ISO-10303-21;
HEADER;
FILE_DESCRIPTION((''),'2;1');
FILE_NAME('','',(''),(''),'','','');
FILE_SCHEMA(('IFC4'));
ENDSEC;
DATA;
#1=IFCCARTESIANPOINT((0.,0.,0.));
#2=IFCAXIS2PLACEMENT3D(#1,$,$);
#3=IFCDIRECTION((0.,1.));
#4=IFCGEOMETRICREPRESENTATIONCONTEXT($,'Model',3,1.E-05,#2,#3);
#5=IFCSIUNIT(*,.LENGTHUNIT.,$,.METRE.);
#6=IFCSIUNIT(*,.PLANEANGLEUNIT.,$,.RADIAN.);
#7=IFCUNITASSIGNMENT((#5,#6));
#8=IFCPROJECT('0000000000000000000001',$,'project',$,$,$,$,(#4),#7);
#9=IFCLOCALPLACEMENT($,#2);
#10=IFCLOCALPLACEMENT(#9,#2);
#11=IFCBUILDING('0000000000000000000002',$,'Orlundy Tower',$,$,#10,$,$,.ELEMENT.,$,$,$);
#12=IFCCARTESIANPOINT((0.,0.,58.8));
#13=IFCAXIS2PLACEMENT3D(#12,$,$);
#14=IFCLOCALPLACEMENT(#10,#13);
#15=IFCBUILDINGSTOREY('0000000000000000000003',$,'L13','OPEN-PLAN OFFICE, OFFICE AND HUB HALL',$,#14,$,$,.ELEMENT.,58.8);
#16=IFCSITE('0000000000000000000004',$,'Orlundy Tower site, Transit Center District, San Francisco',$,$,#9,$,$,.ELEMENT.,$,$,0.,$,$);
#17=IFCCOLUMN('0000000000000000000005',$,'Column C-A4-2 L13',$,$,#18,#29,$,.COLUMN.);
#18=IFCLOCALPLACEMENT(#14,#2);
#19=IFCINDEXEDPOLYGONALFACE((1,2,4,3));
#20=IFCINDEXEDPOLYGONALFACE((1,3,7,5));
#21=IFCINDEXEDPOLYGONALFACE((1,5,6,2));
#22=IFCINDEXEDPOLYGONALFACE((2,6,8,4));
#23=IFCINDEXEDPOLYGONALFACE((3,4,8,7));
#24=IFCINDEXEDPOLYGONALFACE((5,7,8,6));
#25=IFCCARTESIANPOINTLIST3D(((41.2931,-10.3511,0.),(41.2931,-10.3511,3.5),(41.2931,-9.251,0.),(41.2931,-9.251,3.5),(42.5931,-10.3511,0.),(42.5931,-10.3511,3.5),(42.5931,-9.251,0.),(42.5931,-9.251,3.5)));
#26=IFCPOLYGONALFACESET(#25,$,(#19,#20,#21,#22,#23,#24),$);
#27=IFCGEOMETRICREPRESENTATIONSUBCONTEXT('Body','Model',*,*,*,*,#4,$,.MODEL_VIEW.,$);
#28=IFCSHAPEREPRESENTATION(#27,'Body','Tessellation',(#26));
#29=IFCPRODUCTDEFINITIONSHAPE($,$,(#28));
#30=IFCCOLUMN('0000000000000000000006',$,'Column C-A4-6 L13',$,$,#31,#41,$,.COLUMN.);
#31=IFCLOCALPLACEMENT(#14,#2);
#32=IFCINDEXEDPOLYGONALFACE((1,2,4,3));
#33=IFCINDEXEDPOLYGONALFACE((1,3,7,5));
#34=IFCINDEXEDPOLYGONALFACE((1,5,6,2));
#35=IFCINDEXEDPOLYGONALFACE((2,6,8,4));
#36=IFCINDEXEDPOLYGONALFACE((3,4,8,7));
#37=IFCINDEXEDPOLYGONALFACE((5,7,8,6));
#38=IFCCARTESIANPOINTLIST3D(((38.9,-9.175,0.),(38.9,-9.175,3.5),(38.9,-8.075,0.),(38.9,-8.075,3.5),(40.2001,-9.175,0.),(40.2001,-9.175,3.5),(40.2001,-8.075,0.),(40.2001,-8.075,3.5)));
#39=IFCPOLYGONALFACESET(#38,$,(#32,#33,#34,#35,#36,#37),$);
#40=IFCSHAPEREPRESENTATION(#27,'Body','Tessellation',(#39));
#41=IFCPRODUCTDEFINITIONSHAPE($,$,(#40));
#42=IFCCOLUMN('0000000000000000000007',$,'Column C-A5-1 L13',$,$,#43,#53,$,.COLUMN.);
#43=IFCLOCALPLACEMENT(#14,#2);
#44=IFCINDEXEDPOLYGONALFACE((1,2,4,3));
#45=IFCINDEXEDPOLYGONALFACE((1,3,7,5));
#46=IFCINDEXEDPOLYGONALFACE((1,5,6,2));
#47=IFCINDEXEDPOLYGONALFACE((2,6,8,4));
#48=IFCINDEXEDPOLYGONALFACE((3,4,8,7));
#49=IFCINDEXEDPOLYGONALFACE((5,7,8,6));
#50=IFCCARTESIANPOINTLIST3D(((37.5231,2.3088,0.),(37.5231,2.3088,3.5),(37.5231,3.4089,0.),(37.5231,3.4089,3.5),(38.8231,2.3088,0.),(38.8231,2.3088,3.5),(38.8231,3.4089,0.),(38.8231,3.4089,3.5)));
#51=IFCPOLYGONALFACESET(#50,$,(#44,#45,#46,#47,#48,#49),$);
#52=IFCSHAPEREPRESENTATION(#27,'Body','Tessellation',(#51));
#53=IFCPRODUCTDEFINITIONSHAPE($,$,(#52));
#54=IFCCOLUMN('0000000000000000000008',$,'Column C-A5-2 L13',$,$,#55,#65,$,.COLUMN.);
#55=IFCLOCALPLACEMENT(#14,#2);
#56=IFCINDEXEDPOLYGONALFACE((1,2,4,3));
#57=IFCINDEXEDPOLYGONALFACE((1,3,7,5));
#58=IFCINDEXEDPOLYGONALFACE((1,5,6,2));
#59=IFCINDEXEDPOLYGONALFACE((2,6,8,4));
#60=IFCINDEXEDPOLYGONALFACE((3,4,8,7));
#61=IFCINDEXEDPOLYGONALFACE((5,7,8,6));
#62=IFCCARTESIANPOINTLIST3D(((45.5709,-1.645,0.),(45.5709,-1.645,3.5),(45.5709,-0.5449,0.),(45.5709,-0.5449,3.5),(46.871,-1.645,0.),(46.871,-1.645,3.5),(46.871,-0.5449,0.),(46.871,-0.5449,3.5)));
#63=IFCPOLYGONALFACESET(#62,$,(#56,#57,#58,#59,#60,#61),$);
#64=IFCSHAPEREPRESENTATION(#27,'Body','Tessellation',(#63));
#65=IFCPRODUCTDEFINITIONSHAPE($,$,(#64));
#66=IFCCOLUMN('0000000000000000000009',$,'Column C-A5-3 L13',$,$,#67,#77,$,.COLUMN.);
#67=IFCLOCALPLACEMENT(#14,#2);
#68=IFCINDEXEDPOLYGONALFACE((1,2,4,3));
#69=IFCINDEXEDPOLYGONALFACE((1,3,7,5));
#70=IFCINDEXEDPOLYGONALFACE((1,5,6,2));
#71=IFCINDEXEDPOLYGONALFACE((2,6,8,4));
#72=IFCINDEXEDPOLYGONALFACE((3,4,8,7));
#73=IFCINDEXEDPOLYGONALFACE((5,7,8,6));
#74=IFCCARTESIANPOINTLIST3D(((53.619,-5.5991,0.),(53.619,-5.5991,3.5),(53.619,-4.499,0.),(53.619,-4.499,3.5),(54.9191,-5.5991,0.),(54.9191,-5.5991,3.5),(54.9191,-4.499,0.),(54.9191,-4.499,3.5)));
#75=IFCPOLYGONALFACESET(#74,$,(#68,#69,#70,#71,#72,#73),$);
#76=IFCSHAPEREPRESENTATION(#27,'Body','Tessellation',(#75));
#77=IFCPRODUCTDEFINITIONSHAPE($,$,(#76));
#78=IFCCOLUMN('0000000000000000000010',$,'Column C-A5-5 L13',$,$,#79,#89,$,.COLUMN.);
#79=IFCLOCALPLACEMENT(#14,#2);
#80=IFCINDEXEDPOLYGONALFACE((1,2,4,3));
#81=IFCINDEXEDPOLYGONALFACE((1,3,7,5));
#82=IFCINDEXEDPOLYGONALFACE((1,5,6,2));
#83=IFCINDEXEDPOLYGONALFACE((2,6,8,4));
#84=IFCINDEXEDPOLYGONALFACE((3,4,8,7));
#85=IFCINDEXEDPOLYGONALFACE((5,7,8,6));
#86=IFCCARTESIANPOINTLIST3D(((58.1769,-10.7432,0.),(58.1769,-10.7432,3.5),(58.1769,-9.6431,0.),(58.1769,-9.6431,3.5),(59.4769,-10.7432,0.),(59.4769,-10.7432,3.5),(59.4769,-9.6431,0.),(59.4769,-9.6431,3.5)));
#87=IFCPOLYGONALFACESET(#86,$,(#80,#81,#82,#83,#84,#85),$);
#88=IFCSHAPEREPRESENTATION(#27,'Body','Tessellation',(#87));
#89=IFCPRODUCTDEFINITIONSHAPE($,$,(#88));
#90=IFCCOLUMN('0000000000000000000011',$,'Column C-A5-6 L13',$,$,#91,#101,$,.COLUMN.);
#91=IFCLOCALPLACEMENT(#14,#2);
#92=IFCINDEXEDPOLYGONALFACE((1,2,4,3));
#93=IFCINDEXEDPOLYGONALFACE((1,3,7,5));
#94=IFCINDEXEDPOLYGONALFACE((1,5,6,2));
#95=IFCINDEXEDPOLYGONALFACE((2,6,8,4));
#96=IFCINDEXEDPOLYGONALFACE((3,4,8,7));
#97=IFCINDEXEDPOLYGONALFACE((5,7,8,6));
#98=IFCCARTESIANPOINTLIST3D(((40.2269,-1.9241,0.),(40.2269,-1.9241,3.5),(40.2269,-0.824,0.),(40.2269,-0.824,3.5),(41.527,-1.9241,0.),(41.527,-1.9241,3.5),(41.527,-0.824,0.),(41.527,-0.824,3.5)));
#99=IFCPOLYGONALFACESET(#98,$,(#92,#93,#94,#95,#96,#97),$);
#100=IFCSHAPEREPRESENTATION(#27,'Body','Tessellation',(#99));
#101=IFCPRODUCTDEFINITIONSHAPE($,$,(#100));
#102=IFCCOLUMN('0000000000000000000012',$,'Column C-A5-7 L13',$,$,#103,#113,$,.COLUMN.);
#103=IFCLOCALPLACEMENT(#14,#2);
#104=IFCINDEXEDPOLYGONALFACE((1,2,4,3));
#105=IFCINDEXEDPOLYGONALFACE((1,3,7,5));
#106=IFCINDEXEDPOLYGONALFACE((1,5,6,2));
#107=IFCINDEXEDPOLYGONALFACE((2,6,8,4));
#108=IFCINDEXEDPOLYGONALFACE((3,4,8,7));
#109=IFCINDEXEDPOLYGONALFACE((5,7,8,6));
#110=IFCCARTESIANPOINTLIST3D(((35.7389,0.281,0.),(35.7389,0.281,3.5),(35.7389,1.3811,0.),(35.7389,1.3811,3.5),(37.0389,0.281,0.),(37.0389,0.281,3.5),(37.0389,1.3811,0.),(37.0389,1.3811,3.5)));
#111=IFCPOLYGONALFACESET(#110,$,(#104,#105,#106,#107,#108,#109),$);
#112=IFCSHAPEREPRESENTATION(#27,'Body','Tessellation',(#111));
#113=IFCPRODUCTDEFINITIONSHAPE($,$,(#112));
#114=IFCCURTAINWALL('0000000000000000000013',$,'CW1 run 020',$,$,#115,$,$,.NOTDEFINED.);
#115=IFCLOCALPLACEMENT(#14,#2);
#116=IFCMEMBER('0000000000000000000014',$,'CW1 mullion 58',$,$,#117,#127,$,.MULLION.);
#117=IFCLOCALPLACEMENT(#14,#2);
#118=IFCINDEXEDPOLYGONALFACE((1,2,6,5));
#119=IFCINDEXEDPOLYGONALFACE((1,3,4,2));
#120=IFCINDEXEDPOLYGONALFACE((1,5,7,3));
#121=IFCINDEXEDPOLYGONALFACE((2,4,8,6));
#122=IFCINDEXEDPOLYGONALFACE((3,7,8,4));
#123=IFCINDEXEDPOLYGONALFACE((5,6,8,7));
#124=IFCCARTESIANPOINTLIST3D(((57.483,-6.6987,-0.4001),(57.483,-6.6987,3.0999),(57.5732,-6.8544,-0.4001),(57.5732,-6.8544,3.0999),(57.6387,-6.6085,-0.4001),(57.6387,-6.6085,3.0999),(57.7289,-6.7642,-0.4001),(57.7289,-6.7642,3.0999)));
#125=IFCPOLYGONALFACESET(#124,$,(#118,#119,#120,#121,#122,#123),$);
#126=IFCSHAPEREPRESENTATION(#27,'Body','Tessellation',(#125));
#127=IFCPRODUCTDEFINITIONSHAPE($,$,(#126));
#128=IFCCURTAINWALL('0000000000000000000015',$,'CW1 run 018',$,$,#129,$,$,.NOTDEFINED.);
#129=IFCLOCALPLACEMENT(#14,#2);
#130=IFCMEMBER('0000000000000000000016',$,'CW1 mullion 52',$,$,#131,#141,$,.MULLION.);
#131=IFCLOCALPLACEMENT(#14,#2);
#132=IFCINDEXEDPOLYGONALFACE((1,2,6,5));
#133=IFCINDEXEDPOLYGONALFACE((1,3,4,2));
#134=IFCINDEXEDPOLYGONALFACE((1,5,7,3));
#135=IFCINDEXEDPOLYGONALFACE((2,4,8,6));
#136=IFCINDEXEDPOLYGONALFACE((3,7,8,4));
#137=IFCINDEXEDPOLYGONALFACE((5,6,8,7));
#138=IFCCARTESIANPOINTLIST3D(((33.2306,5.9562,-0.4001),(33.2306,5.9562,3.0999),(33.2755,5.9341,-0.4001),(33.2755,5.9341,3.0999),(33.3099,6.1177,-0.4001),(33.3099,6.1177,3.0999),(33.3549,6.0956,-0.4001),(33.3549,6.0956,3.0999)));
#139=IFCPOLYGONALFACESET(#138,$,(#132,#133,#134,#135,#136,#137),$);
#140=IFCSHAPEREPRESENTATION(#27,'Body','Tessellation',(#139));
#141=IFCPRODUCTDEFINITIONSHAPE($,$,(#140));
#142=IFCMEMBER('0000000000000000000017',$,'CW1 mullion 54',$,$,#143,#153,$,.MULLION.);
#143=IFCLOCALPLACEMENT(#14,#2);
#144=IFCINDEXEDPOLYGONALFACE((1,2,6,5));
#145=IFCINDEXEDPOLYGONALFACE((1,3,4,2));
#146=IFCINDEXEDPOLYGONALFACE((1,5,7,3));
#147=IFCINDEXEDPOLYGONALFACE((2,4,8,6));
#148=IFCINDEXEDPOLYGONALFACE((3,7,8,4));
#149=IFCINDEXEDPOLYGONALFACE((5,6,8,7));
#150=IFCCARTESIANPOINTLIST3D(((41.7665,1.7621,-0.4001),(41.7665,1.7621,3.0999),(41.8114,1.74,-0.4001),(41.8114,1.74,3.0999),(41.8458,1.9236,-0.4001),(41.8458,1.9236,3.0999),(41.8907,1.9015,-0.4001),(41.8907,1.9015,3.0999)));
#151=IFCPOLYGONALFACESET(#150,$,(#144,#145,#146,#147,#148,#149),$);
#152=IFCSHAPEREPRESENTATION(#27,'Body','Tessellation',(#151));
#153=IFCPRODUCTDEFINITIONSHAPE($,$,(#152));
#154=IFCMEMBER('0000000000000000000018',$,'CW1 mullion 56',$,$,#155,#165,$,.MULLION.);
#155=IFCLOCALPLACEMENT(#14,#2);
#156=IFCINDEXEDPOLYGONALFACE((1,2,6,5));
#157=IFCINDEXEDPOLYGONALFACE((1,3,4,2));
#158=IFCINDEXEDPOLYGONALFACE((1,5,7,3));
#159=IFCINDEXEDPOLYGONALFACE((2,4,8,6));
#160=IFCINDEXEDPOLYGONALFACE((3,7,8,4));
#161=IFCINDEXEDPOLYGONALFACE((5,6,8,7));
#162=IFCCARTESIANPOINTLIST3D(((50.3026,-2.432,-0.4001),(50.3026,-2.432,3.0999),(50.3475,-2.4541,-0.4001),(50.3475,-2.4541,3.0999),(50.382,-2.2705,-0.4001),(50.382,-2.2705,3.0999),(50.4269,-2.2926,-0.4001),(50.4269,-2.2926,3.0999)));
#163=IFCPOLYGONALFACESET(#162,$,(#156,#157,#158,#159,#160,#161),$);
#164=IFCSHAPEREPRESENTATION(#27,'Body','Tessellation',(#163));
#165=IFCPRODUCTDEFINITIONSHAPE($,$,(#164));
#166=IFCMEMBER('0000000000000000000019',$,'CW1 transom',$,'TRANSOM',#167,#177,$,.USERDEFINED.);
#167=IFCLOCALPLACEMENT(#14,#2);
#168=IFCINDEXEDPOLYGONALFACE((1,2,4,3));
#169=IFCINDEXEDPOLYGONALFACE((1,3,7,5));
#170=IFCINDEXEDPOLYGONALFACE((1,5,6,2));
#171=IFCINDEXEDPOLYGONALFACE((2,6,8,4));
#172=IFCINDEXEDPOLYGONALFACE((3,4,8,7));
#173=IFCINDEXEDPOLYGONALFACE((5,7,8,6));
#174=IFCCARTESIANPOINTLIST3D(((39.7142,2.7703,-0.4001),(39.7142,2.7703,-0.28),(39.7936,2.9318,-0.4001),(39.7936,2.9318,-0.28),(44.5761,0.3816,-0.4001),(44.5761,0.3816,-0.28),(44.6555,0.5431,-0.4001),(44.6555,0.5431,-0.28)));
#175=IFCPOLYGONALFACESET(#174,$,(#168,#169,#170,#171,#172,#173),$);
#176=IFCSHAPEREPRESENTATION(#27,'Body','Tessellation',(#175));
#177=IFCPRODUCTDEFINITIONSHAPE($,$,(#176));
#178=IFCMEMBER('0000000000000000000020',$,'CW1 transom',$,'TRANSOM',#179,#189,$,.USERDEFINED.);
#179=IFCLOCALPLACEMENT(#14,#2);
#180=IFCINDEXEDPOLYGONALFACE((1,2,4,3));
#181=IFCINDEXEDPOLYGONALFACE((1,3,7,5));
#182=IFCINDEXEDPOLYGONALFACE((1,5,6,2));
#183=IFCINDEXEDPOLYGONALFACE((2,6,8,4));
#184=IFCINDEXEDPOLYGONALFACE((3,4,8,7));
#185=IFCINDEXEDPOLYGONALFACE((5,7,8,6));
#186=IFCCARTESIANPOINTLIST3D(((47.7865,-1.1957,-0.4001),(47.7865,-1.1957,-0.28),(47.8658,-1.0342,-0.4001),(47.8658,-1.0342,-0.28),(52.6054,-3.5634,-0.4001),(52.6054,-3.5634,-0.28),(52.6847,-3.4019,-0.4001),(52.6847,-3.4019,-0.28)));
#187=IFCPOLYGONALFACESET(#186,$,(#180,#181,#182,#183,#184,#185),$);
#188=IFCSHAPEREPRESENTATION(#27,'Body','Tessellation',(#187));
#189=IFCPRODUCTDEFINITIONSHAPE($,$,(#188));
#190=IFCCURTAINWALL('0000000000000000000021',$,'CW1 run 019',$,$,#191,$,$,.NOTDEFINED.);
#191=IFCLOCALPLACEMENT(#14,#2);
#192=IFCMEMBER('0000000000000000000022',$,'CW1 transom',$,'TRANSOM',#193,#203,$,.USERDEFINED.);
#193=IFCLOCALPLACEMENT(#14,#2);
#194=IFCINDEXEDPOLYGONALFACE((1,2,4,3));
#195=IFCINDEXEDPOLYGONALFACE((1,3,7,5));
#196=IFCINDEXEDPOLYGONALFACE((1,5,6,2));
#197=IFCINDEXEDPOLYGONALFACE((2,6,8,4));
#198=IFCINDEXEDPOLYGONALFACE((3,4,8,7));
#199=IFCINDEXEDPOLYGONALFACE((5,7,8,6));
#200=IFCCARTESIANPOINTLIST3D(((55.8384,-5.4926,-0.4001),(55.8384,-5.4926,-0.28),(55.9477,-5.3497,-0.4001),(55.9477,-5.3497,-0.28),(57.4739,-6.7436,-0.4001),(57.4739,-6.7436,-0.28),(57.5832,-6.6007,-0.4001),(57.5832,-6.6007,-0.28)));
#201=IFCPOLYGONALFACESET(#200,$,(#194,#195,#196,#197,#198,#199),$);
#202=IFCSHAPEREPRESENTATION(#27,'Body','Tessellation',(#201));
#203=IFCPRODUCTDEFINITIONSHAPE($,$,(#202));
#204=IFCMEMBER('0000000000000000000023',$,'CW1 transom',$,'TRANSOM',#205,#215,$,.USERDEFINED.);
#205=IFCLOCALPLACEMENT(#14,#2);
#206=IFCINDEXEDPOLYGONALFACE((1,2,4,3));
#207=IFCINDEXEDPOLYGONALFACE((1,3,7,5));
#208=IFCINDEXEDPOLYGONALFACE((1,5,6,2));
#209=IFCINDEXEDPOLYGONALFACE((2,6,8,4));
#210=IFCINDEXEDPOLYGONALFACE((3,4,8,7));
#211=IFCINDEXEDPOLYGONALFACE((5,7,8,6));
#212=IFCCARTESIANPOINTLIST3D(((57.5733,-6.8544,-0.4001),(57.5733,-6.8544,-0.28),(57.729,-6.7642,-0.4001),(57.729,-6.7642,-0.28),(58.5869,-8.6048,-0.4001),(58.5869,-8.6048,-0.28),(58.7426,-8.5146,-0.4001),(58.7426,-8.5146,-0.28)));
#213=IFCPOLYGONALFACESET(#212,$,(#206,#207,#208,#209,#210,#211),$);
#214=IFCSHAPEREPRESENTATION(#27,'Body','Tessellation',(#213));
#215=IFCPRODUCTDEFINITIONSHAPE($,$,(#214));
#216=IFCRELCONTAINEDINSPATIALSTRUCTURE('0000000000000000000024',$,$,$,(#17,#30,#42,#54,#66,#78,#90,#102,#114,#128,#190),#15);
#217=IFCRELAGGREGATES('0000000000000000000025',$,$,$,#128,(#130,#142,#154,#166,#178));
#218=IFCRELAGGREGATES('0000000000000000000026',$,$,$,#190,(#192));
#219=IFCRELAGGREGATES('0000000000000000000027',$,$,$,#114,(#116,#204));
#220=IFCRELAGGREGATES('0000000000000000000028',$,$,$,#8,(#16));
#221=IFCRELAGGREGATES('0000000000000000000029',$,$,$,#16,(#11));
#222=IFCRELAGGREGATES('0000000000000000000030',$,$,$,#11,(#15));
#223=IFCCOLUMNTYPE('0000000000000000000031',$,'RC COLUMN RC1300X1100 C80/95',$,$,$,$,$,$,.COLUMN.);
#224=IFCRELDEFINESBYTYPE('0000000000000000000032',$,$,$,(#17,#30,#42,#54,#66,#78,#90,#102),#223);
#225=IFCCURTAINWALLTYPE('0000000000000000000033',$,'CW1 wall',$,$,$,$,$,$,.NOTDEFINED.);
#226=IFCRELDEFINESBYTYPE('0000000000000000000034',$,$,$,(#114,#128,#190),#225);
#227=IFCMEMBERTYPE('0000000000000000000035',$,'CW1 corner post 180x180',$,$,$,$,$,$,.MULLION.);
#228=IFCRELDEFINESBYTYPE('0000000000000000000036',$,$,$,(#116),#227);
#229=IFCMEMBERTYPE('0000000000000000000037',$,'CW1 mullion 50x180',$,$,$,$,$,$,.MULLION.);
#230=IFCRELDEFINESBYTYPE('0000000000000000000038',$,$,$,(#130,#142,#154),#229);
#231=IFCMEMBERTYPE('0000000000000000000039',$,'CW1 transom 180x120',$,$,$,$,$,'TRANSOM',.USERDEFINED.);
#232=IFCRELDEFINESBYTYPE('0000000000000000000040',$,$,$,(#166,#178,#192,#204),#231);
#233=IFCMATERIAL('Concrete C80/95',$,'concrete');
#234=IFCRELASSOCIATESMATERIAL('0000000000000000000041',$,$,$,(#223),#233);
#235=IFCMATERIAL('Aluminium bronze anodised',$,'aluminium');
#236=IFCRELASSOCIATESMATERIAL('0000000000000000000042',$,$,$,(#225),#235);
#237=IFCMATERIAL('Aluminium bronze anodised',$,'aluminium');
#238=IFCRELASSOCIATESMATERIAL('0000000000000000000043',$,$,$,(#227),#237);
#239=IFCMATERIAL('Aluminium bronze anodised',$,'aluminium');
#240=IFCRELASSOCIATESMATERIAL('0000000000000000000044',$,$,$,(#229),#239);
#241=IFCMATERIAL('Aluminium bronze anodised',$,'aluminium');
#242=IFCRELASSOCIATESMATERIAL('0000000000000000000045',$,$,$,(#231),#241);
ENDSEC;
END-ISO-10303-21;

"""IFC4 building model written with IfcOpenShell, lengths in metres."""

from ifc_helpers import new_model, si_unit, direction, frame, origin, origin_2d, place, context, subcontext, project, spatial, rectangle, extrude, material, material_profile, profile_set, type_object, element, aggregate, save


model = new_model("IFC4")

# Units and contexts
model_context = context("Model", 3, precision=1e-05, world=origin(), true_north=direction((0.0, 1.0)))
body_context = subcontext(model_context, "Body", "Model", "MODEL_VIEW")
ifc_project = project(units=[si_unit("LENGTHUNIT", "METRE"), si_unit("PLANEANGLEUNIT", "RADIAN")], contexts=[model_context])

# Site, building, storey
site_placement = place(None, origin())
site = spatial("IfcSite", under=ifc_project, at=site_placement, Name="Orlundy Tower site, Transit Center District, San Francisco", CompositionType="ELEMENT", RefElevation=0.0)
building_placement = place(site_placement, origin())
building = spatial("IfcBuilding", under=site, at=building_placement, Name="Orlundy Tower", CompositionType="ELEMENT")
storey_placement = place(building_placement, frame((0.0, 0.0, 58.8)))
storey = spatial("IfcBuildingStorey", under=building, at=storey_placement, Name="L13", Description="OPEN-PLAN OFFICE, OFFICE AND HUB HALL", CompositionType="ELEMENT", Elevation=58.8)

# Columns
ifc_material_1 = material(Name="Concrete C80/95", Category="concrete")
ifc_material_profile_1 = material_profile(ifc_material_1, rectangle(XDim=1.3, YDim=1.1001, at=origin_2d()), Name="RC1300X1100")
ifc_profile_set_1 = profile_set([ifc_material_profile_1], Name="Concrete C80/95")
column_type = type_object("IfcColumnType", Name="RC COLUMN RC1300X1100 C80/95", PredefinedType="COLUMN", material=ifc_profile_set_1)
for number, where, z_axis, x_axis, name in (
    (1, (41.9431, -9.801, 0.0), (0.0, 0.0, 1.0), (1.0, 0.0, 0.0), "Column C-A4-2 L13"),
    (2, (39.55, -8.625, 0.0), (0.0, 0.0, 1.0), (1.0, 0.0, 0.0), "Column C-A4-6 L13"),
    (3, (38.1731, 2.8589, 0.0), (0.0, 0.0, 1.0), (1.0, 0.0, 0.0), "Column C-A5-1 L13"),
    (4, (46.2209, -1.095, 0.0), (0.0, 0.0, 1.0), (1.0, 0.0, 0.0), "Column C-A5-2 L13"),
    (5, (54.269, -5.0491, 0.0), (0.0, 0.0, 1.0), (1.0, 0.0, 0.0), "Column C-A5-3 L13"),
    (6, (58.8269, -10.1931, 0.0), (0.0, 0.0, 1.0), (1.0, 0.0, 0.0), "Column C-A5-5 L13"),
    (7, (40.877, -1.374, 0.0), (0.0, 0.0, 1.0), (1.0, 0.0, 0.0), "Column C-A5-6 L13"),
    (8, (36.3889, 0.8311, 0.0), (0.0, 0.0, 1.0), (1.0, 0.0, 0.0), "Column C-A5-7 L13"),
):
    element("IfcColumn", number, at=place(storey_placement, frame(where, z_axis=z_axis, x_axis=x_axis)), inside=storey, type_object=column_type, Name=name, PredefinedType="COLUMN", context=body_context, shape_type="SweptSolid", body=[
        extrude(rectangle(XDim=1.3, YDim=1.1001, at=origin_2d()), origin(), (0.0, 0.0, 1.0), 3.5),
    ])

# Curtain wall, member
ifc_material_2 = material(Name="Aluminium bronze anodised", Category="aluminium")
curtain_wall_type = type_object("IfcCurtainWallType", Name="CW1 wall", PredefinedType="NOTDEFINED", material=ifc_material_2)
curtain_wall_1_placement = place(storey_placement, origin())
curtain_wall_1 = element("IfcCurtainWall", 9, at=curtain_wall_1_placement, inside=storey, type_object=curtain_wall_type, Name="CW1 run 020", PredefinedType="NOTDEFINED")
ifc_material_3 = material(Name="Aluminium bronze anodised", Category="aluminium")
ifc_material_profile_2 = material_profile(ifc_material_3, rectangle(XDim=0.1799, YDim=0.1799, at=origin_2d()), Name="CW1 corner post 180x180")
ifc_profile_set_2 = profile_set([ifc_material_profile_2], Name="Aluminium bronze anodised")
member_type_1 = type_object("IfcMemberType", Name="CW1 corner post 180x180", PredefinedType="MULLION", material=ifc_profile_set_2)
member_1_placement = place(storey_placement, frame((57.606, -6.7314, -0.4001), z_axis=(0.0, 0.0, 1.0), x_axis=(0.86534, 0.501185, 0.0)))
member_1 = element("IfcMember", 10, at=member_1_placement, type_object=member_type_1, Name="CW1 mullion 58", PredefinedType="MULLION", context=body_context, shape_type="SweptSolid", body=[
    extrude(rectangle(XDim=0.1799, YDim=0.1799, at=origin_2d()), origin(), (0.0, 0.0, 1.0), 3.5),
])

# Curtain wall, members
curtain_wall_2_placement = place(storey_placement, origin())
curtain_wall_2 = element("IfcCurtainWall", 11, at=curtain_wall_2_placement, inside=storey, type_object=curtain_wall_type, Name="CW1 run 018", PredefinedType="NOTDEFINED")
ifc_material_4 = material(Name="Aluminium bronze anodised", Category="aluminium")
ifc_material_profile_3 = material_profile(ifc_material_4, rectangle(XDim=0.1799, YDim=0.05, at=origin_2d()), Name="CW1 mullion 50x180")
ifc_profile_set_3 = profile_set([ifc_material_profile_3], Name="Aluminium bronze anodised")
member_type_2 = type_object("IfcMemberType", Name="CW1 mullion 50x180", PredefinedType="MULLION", material=ifc_profile_set_3)
member_2_placement = place(storey_placement, frame((33.2927, 6.0259, -0.4001), z_axis=(0.0, 0.0, 1.0), x_axis=(0.440978, 0.897518, 0.0)))
member_2 = element("IfcMember", 12, at=member_2_placement, type_object=member_type_2, Name="CW1 mullion 52", PredefinedType="MULLION", context=body_context, shape_type="SweptSolid", body=[
    extrude(rectangle(XDim=0.1799, YDim=0.05, at=origin_2d()), origin(), (0.0, 0.0, 1.0), 3.5),
])
member_3_placement = place(storey_placement, frame((41.8286, 1.8318, -0.4001), z_axis=(0.0, 0.0, 1.0), x_axis=(0.440978, 0.897518, 0.0)))
member_3 = element("IfcMember", 13, at=member_3_placement, type_object=member_type_2, Name="CW1 mullion 54", PredefinedType="MULLION", context=body_context, shape_type="SweptSolid", body=[
    extrude(rectangle(XDim=0.1799, YDim=0.05, at=origin_2d()), origin(), (0.0, 0.0, 1.0), 3.5),
])
member_4_placement = place(storey_placement, frame((50.3647, -2.3623, -0.4001), z_axis=(0.0, 0.0, 1.0), x_axis=(0.440978, 0.897518, 0.0)))
member_4 = element("IfcMember", 14, at=member_4_placement, type_object=member_type_2, Name="CW1 mullion 56", PredefinedType="MULLION", context=body_context, shape_type="SweptSolid", body=[
    extrude(rectangle(XDim=0.1799, YDim=0.05, at=origin_2d()), origin(), (0.0, 0.0, 1.0), 3.5),
])
ifc_material_5 = material(Name="Aluminium bronze anodised", Category="aluminium")
ifc_material_profile_4 = material_profile(ifc_material_5, rectangle(XDim=0.1799, YDim=0.1201, at=origin_2d()), Name="CW1 transom 180x120")
ifc_profile_set_4 = profile_set([ifc_material_profile_4], Name="Aluminium bronze anodised")
member_type_3 = type_object("IfcMemberType", Name="CW1 transom 180x120", ElementType="TRANSOM", PredefinedType="USERDEFINED", material=ifc_profile_set_4)
member_5_placement = place(storey_placement, frame((39.7539, 2.8511, -0.3401), z_axis=(0.897524, -0.440965, 0.0), x_axis=(0.440965, 0.897524, 0.0)))
member_5 = element("IfcMember", 15, at=member_5_placement, type_object=member_type_3, Name="CW1 transom", ObjectType="TRANSOM", PredefinedType="USERDEFINED", context=body_context, shape_type="SweptSolid", body=[
    extrude(rectangle(XDim=0.1799, YDim=0.1201, at=origin_2d()), origin(), (0.0, 0.0, 1.0), 5.417),
])
member_6_placement = place(storey_placement, frame((47.8262, -1.115, -0.3401), z_axis=(0.897516, -0.440982, 0.0), x_axis=(0.440982, 0.897516, 0.0)))
member_6 = element("IfcMember", 16, at=member_6_placement, type_object=member_type_3, Name="CW1 transom", ObjectType="TRANSOM", PredefinedType="USERDEFINED", context=body_context, shape_type="SweptSolid", body=[
    extrude(rectangle(XDim=0.1799, YDim=0.1201, at=origin_2d()), origin(), (0.0, 0.0, 1.0), 5.3691),
])

# Curtain wall, member
curtain_wall_3_placement = place(storey_placement, origin())
curtain_wall_3 = element("IfcCurtainWall", 17, at=curtain_wall_3_placement, inside=storey, type_object=curtain_wall_type, Name="CW1 run 019", PredefinedType="NOTDEFINED")
member_7_placement = place(storey_placement, frame((55.8931, -5.4211, -0.3401), z_axis=(0.794287, -0.607543, 0.0), x_axis=(0.607543, 0.794287, 0.0)))
member_7 = element("IfcMember", 18, at=member_7_placement, type_object=member_type_3, Name="CW1 transom", ObjectType="TRANSOM", PredefinedType="USERDEFINED", context=body_context, shape_type="SweptSolid", body=[
    extrude(rectangle(XDim=0.1799, YDim=0.1201, at=origin_2d()), origin(), (0.0, 0.0, 1.0), 2.0591),
])

# Member
member_8_placement = place(storey_placement, frame((57.6511, -6.8093, -0.3401), z_axis=(0.501122, -0.865377, 0.0), x_axis=(0.865377, 0.501122, 0.0)))
member_8 = element("IfcMember", 19, at=member_8_placement, type_object=member_type_3, Name="CW1 transom", ObjectType="TRANSOM", PredefinedType="USERDEFINED", context=body_context, shape_type="SweptSolid", body=[
    extrude(rectangle(XDim=0.1799, YDim=0.1201, at=origin_2d()), origin(), (0.0, 0.0, 1.0), 2.0227),
])

aggregate(curtain_wall_2, [member_2, member_3, member_4, member_5, member_6])
aggregate(curtain_wall_3, [member_7])
aggregate(curtain_wall_1, [member_1, member_8])

save(model, "model.ifc")
